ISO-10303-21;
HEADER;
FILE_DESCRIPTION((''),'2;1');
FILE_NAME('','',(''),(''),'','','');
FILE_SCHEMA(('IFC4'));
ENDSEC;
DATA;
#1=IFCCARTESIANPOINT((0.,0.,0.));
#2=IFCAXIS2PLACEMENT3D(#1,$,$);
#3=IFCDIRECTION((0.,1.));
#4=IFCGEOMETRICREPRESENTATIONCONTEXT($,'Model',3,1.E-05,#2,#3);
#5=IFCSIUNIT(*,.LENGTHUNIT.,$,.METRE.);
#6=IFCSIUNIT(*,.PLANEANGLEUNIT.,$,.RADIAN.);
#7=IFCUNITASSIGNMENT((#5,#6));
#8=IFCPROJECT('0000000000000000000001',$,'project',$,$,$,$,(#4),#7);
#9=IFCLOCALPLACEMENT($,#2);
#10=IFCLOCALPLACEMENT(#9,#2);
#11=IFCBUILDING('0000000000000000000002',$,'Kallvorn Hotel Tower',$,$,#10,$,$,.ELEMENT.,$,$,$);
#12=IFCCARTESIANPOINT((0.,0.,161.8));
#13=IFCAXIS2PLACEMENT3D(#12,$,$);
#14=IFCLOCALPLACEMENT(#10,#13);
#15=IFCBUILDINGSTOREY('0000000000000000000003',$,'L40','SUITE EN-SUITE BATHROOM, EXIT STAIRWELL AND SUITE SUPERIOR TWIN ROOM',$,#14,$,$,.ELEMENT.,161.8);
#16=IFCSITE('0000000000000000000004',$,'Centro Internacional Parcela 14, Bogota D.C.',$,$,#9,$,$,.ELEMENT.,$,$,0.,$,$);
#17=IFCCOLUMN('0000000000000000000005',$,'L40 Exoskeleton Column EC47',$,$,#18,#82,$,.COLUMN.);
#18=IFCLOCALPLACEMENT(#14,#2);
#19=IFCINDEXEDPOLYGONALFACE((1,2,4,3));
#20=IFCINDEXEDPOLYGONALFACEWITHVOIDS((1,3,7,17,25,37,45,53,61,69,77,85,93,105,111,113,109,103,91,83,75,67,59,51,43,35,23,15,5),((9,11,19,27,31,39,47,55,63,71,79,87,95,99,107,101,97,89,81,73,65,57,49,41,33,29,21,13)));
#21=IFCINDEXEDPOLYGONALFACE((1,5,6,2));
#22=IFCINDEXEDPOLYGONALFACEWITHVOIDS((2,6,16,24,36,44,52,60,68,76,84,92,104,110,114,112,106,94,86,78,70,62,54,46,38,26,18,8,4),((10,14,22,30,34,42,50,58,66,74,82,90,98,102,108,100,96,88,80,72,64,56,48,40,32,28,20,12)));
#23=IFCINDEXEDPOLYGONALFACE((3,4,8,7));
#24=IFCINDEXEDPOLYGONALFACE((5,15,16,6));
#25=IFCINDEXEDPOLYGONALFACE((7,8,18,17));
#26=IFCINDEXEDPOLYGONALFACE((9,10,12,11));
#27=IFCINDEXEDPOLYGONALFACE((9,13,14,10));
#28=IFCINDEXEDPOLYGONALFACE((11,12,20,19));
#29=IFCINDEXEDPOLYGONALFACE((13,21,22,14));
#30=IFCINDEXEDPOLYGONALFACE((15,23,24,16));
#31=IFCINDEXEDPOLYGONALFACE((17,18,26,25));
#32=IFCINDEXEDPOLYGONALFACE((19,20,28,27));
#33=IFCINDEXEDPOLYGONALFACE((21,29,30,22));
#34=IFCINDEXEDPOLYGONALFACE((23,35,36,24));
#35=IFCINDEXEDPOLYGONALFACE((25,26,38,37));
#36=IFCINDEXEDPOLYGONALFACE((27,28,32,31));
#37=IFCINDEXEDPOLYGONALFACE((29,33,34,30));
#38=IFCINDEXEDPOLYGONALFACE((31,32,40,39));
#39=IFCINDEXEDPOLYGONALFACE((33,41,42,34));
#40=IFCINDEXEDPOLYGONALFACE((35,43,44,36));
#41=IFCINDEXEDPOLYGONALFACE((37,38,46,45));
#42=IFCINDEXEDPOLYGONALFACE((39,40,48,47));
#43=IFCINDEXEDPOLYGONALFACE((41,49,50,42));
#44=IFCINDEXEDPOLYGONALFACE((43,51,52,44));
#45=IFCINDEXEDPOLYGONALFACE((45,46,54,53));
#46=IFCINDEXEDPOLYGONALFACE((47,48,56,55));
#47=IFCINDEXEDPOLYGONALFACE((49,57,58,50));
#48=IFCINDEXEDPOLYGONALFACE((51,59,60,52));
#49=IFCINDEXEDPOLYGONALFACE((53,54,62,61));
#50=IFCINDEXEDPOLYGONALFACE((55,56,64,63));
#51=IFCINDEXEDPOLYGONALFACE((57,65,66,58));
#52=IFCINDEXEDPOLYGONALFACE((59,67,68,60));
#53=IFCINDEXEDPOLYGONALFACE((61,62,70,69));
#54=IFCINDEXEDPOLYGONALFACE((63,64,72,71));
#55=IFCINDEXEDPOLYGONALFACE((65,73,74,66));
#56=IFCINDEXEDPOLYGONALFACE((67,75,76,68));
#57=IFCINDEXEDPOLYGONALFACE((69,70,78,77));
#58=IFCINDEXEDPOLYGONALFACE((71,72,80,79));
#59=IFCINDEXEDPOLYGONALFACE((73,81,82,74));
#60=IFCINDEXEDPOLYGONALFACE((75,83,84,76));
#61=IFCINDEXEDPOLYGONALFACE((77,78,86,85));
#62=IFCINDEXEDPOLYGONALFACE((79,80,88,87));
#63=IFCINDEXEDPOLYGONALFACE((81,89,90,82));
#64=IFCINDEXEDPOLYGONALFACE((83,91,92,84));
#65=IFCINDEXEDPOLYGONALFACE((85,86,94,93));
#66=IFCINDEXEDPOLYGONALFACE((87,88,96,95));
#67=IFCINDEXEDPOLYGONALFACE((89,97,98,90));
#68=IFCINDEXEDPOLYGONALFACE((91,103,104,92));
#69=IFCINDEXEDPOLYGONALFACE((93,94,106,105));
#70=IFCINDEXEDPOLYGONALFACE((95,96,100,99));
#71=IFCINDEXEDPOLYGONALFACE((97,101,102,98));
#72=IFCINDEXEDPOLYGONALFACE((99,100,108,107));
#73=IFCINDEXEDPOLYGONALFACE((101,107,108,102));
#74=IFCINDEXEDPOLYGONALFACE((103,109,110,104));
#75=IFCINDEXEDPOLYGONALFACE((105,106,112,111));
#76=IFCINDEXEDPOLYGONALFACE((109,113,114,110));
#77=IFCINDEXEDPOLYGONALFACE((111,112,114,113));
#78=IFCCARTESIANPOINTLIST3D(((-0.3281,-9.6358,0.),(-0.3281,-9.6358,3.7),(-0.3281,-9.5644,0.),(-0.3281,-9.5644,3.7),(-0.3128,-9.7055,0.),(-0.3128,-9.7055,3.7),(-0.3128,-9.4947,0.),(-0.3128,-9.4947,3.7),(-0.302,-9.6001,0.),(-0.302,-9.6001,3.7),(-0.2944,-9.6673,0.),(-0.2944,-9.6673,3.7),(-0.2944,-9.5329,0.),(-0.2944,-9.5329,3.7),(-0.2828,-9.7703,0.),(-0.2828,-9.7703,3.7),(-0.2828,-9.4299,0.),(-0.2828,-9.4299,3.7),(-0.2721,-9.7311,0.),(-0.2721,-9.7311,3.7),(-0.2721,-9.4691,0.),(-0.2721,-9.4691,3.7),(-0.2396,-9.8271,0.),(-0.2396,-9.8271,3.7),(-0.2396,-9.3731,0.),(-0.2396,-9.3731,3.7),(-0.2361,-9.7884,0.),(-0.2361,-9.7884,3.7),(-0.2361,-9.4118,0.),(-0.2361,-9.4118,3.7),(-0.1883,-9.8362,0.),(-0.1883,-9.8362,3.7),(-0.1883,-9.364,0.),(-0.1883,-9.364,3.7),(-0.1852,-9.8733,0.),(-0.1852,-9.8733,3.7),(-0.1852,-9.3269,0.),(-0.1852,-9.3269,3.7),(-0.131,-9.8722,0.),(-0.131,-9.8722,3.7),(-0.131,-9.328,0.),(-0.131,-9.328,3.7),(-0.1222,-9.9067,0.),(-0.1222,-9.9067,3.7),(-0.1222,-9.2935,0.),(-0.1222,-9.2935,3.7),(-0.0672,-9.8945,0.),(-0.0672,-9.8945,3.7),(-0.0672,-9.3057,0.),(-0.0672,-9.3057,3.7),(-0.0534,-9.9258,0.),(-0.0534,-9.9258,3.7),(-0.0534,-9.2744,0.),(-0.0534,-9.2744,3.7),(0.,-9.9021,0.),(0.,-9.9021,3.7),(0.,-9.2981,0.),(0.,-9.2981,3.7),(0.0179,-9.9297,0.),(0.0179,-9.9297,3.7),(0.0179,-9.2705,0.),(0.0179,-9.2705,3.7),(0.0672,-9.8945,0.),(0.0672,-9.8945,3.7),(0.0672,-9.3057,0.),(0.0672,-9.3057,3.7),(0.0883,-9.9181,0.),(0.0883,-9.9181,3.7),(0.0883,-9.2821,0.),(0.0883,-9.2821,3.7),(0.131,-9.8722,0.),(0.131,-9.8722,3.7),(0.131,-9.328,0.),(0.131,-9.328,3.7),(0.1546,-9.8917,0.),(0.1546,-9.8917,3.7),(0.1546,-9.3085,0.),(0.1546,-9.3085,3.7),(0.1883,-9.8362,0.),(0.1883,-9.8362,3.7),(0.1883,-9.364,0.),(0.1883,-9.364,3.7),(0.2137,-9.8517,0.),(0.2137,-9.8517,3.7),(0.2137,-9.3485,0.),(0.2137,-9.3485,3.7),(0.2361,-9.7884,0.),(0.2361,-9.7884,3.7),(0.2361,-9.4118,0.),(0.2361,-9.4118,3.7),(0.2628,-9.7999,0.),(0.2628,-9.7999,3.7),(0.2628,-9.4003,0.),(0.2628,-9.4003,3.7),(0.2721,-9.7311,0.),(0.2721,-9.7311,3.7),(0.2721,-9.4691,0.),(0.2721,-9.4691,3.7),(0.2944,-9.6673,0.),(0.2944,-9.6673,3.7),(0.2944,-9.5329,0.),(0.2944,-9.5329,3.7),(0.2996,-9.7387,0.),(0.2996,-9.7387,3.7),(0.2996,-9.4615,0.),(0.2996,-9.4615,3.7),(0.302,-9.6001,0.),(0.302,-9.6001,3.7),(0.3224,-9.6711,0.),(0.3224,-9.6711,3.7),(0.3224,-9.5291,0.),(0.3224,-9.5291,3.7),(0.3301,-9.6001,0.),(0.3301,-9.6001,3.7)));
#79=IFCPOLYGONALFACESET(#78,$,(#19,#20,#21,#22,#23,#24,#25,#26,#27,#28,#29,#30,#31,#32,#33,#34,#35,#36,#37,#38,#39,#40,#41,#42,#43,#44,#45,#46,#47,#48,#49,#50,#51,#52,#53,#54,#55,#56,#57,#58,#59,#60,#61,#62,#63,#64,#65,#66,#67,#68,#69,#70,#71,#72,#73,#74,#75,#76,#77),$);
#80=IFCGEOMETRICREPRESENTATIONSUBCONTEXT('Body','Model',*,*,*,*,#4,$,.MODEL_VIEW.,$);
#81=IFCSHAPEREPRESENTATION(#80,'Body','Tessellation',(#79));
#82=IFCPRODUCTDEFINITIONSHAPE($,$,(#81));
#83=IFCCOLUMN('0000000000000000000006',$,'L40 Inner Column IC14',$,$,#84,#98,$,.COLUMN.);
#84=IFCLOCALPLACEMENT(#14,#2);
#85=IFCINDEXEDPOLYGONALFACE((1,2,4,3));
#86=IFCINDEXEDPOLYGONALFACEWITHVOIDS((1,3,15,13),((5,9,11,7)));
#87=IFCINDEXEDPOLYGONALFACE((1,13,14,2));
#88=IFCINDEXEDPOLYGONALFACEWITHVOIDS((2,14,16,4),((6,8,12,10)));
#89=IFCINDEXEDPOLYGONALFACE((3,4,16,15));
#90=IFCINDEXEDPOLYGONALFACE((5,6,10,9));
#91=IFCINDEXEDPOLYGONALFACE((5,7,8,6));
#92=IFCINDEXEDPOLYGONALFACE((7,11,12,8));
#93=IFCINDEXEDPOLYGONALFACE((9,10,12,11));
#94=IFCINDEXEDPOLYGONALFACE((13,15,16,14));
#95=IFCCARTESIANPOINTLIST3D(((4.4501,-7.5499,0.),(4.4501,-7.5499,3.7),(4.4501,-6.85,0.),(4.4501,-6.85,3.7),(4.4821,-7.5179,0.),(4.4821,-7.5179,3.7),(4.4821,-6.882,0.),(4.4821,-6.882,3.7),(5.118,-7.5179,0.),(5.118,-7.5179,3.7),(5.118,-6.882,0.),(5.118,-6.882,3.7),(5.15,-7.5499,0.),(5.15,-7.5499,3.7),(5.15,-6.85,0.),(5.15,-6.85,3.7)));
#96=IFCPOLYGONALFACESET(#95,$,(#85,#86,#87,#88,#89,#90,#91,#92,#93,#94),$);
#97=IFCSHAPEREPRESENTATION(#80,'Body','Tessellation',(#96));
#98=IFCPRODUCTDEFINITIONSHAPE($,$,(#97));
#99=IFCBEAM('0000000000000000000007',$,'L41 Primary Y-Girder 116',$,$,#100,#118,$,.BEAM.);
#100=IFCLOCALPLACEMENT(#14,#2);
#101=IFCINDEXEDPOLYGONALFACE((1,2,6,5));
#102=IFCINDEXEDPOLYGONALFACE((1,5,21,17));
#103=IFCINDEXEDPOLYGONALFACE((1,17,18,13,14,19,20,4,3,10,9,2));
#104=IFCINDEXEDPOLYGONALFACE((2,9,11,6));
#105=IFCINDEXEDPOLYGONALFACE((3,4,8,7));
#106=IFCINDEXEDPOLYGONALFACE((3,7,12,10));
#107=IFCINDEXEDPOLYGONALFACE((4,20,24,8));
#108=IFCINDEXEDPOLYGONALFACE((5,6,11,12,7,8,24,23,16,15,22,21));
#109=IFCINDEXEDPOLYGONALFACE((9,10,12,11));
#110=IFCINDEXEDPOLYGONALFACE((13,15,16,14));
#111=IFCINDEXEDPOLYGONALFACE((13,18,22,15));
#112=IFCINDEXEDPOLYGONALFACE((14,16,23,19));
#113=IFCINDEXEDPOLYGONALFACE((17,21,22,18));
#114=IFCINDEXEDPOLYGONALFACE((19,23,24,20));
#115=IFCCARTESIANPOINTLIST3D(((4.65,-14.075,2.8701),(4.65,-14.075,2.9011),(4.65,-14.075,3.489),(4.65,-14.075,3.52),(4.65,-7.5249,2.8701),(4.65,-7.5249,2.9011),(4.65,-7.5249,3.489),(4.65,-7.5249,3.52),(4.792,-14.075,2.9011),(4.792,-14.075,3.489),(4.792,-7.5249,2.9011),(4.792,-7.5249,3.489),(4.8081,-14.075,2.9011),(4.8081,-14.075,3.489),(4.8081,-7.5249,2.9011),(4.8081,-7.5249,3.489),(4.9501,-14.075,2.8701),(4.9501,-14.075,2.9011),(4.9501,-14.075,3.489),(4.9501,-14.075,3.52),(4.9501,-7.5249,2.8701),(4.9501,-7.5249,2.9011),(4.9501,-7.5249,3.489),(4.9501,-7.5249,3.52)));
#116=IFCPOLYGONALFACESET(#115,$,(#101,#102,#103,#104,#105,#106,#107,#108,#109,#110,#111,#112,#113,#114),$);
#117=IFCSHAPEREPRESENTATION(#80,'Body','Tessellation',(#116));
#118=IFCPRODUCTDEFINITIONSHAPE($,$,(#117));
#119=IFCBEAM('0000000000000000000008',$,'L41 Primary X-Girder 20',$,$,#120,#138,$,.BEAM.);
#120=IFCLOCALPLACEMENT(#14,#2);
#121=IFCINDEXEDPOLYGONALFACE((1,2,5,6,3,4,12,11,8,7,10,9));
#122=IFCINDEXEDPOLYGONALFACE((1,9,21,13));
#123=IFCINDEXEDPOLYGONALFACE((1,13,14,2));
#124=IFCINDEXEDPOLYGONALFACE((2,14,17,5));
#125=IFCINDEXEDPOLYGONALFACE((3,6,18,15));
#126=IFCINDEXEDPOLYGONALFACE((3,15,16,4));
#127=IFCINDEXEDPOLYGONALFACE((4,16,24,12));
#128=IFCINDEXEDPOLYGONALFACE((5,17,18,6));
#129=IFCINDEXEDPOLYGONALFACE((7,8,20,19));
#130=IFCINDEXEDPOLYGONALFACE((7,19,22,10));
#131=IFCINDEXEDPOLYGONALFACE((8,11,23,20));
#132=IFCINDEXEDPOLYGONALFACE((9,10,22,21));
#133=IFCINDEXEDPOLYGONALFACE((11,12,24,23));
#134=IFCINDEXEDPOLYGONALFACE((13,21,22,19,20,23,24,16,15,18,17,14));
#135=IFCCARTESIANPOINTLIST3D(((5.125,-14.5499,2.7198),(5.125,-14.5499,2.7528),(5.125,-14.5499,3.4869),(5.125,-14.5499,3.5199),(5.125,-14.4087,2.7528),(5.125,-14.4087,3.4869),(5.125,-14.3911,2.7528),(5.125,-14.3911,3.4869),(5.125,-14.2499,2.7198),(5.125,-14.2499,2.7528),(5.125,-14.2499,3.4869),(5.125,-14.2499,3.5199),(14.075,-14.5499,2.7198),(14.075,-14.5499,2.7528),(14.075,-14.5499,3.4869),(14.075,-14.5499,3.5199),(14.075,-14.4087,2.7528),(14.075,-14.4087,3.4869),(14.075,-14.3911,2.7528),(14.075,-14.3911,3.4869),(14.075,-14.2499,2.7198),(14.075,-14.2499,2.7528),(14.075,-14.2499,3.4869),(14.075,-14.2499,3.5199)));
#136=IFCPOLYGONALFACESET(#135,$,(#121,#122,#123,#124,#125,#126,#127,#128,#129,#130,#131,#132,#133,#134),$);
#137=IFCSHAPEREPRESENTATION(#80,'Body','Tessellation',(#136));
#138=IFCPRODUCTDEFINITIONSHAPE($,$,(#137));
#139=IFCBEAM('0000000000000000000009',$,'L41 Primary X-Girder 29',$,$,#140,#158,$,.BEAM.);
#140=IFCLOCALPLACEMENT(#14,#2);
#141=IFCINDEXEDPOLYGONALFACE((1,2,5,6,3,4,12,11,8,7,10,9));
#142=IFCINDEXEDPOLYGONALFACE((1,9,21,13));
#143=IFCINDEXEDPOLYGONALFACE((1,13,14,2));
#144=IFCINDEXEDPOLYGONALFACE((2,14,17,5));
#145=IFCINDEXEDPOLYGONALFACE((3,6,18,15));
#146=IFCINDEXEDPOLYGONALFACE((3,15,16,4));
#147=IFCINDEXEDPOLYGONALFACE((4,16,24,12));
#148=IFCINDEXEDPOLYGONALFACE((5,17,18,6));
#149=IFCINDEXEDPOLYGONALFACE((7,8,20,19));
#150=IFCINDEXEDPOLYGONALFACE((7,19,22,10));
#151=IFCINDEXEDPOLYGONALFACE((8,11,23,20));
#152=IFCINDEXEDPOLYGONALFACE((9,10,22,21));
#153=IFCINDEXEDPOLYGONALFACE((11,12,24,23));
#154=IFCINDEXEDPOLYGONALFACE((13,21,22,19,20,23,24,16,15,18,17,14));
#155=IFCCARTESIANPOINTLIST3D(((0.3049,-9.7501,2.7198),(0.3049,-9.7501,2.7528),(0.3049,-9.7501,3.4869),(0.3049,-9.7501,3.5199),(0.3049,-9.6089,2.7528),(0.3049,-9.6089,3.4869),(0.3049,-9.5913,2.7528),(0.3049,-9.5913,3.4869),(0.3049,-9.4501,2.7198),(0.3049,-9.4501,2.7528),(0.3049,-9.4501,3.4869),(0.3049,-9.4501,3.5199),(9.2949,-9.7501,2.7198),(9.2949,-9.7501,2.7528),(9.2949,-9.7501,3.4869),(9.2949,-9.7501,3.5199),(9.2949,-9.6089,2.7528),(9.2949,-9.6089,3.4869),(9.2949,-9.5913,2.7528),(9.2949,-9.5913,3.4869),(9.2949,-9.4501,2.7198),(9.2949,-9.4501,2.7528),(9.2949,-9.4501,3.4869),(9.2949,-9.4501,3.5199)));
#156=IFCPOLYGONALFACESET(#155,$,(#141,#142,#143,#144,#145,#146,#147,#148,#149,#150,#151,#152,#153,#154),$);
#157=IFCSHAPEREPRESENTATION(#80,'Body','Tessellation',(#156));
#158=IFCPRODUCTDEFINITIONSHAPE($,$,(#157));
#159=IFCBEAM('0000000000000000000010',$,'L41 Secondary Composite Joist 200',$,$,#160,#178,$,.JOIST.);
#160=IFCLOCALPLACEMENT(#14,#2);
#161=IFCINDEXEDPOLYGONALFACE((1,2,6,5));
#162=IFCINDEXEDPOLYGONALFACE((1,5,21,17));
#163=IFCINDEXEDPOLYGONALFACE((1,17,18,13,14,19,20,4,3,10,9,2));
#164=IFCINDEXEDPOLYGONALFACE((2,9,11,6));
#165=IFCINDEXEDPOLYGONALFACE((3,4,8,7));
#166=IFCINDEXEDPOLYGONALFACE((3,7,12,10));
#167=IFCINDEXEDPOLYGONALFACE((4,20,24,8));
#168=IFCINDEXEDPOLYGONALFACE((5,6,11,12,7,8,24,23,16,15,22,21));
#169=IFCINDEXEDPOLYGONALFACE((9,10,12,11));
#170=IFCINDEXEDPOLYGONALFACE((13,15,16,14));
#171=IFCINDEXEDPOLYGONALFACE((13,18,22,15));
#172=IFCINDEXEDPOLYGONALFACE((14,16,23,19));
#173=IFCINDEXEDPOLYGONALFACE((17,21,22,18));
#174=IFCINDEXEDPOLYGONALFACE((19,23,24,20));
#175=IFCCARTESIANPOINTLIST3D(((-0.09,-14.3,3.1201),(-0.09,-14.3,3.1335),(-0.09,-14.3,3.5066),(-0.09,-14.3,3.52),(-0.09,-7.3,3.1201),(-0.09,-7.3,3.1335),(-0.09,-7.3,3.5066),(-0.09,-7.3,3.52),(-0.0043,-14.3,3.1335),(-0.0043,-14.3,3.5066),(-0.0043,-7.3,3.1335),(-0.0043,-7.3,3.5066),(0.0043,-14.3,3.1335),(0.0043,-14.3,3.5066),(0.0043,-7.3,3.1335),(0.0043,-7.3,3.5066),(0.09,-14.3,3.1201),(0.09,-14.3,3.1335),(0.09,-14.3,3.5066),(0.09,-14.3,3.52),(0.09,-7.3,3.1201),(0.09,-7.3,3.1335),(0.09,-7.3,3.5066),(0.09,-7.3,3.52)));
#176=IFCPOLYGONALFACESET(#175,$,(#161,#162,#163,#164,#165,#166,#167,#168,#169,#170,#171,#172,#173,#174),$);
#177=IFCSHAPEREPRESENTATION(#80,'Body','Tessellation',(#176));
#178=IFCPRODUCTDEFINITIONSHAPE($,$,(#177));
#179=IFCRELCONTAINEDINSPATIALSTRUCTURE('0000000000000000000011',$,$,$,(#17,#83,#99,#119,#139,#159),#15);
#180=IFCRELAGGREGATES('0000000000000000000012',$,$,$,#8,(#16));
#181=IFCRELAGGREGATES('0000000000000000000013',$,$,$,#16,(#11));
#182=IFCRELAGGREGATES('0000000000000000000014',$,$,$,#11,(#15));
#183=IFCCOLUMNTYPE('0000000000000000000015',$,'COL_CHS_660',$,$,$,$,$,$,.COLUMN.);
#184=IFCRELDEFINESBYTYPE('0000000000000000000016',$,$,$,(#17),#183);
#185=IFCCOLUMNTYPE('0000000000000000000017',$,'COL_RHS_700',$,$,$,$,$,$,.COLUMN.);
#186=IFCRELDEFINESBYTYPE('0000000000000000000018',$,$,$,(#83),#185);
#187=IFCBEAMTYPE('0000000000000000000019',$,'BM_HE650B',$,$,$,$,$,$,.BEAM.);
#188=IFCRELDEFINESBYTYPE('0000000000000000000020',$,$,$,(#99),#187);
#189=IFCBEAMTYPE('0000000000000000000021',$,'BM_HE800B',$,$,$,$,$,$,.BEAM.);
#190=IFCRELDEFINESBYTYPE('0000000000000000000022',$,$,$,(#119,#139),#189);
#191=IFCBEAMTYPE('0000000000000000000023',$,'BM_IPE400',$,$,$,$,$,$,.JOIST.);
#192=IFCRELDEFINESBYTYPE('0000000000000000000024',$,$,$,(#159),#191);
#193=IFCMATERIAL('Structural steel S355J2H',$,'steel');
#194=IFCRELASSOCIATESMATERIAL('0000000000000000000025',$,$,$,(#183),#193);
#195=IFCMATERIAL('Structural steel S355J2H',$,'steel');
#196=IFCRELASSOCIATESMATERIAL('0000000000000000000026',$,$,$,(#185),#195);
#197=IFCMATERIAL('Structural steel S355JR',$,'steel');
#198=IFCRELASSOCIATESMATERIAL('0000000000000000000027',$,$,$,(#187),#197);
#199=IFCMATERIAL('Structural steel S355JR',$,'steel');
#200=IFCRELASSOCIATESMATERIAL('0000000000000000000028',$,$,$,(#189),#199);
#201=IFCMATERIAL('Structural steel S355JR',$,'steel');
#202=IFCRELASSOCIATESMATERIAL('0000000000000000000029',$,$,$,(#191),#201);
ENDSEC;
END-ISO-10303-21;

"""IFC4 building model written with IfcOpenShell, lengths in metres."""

from ifc_helpers import new_model, si_unit, direction, frame, origin, origin_2d, place, context, subcontext, project, spatial, hollow_rectangle, hollow_circle, i_section, extrude, material, material_profile, profile_set, type_object, element, save


model = new_model("IFC4")

# Units and contexts
model_context = context("Model", 3, precision=1e-05, world=origin(), true_north=direction((0.0, 1.0)))
body_context = subcontext(model_context, "Body", "Model", "MODEL_VIEW")
ifc_project = project(units=[si_unit("LENGTHUNIT", "METRE"), si_unit("PLANEANGLEUNIT", "RADIAN")], contexts=[model_context])

# Site, building, storey
site_placement = place(None, origin())
site = spatial("IfcSite", under=ifc_project, at=site_placement, Name="Centro Internacional Parcela 14, Bogota D.C.", CompositionType="ELEMENT", RefElevation=0.0)
building_placement = place(site_placement, origin())
building = spatial("IfcBuilding", under=site, at=building_placement, Name="Kallvorn Hotel Tower", CompositionType="ELEMENT")
storey_placement = place(building_placement, frame((0.0, 0.0, 161.8)))
storey = spatial("IfcBuildingStorey", under=building, at=storey_placement, Name="L40", Description="SUITE EN-SUITE BATHROOM, EXIT STAIRWELL AND SUITE SUPERIOR TWIN ROOM", CompositionType="ELEMENT", Elevation=161.8)

# Columns
ifc_material_1 = material(Name="Structural steel S355J2H", Category="steel")
ifc_material_profile_1 = material_profile(ifc_material_1, hollow_circle(Radius=0.3301, WallThickness=0.0281, at=origin_2d()), Name="CHS 660x28")
ifc_profile_set_1 = profile_set([ifc_material_profile_1], Name="Structural steel S355J2H")
column_type_1 = type_object("IfcColumnType", Name="COL_CHS_660", PredefinedType="COLUMN", material=ifc_profile_set_1)
column_1_placement = place(storey_placement, frame((0.0, -9.6001, 0.0), z_axis=(0.0, 0.0, 1.0), x_axis=(1.0, 0.0, 0.0)))
element("IfcColumn", 1, at=column_1_placement, inside=storey, type_object=column_type_1, Name="L40 Exoskeleton Column EC47", PredefinedType="COLUMN", context=body_context, shape_type="SweptSolid", body=[
    extrude(hollow_circle(Radius=0.3301, WallThickness=0.0281, at=origin_2d()), origin(), (0.0, 0.0, 1.0), 3.7),
])
ifc_material_2 = material(Name="Structural steel S355J2H", Category="steel")
ifc_material_profile_2 = material_profile(ifc_material_2, hollow_rectangle(XDim=0.7, YDim=0.7, WallThickness=0.032, at=origin_2d()), Name="RHS 700x700x32")
ifc_profile_set_2 = profile_set([ifc_material_profile_2], Name="Structural steel S355J2H")
column_type_2 = type_object("IfcColumnType", Name="COL_RHS_700", PredefinedType="COLUMN", material=ifc_profile_set_2)
column_2_placement = place(storey_placement, frame((4.8, -7.2, 0.0), z_axis=(0.0, 0.0, 1.0), x_axis=(1.0, 0.0, 0.0)))
element("IfcColumn", 2, at=column_2_placement, inside=storey, type_object=column_type_2, Name="L40 Inner Column IC14", PredefinedType="COLUMN", context=body_context, shape_type="SweptSolid", body=[
    extrude(hollow_rectangle(XDim=0.7, YDim=0.7, WallThickness=0.032, at=origin_2d()), origin(), (0.0, 0.0, 1.0), 3.7),
])

# Beams
ifc_material_3 = material(Name="Structural steel S355JR", Category="steel")
ifc_material_profile_3 = material_profile(ifc_material_3, i_section(OverallWidth=0.3, OverallDepth=0.6499, WebThickness=0.0161, FlangeThickness=0.031, at=origin_2d()), Name="HE 650 B")
ifc_profile_set_3 = profile_set([ifc_material_profile_3], Name="Structural steel S355JR")
beam_type_1 = type_object("IfcBeamType", Name="BM_HE650B", PredefinedType="BEAM", material=ifc_profile_set_3)
beam_1_placement = place(storey_placement, frame((4.8, -14.075, 3.1951), z_axis=(0.0, 1.0, 0.0), x_axis=(-1.0, 0.0, 0.0)))
element("IfcBeam", 3, at=beam_1_placement, inside=storey, type_object=beam_type_1, Name="L41 Primary Y-Girder 116", PredefinedType="BEAM", context=body_context, shape_type="SweptSolid", body=[
    extrude(i_section(OverallWidth=0.3, OverallDepth=0.6499, WebThickness=0.0161, FlangeThickness=0.031, at=origin_2d()), origin(), (0.0, 0.0, 1.0), 6.55),
])
ifc_material_4 = material(Name="Structural steel S355JR", Category="steel")
ifc_material_profile_4 = material_profile(ifc_material_4, i_section(OverallWidth=0.3, OverallDepth=0.8, WebThickness=0.0176, FlangeThickness=0.033, at=origin_2d()), Name="HE 800 B")
ifc_profile_set_4 = profile_set([ifc_material_profile_4], Name="Structural steel S355JR")
beam_type_2 = type_object("IfcBeamType", Name="BM_HE800B", PredefinedType="BEAM", material=ifc_profile_set_4)
beam_2_placement = place(storey_placement, frame((5.125, -14.3999, 3.1199), z_axis=(1.0, 0.0, 0.0), x_axis=(0.0, 1.0, 0.0)))
element("IfcBeam", 4, at=beam_2_placement, inside=storey, type_object=beam_type_2, Name="L41 Primary X-Girder 20", PredefinedType="BEAM", context=body_context, shape_type="SweptSolid", body=[
    extrude(i_section(OverallWidth=0.3, OverallDepth=0.8, WebThickness=0.0176, FlangeThickness=0.033, at=origin_2d()), origin(), (0.0, 0.0, 1.0), 8.95),
])
beam_3_placement = place(storey_placement, frame((0.3049, -9.6001, 3.1199), z_axis=(1.0, 0.0, 0.0), x_axis=(0.0, 1.0, 0.0)))
element("IfcBeam", 5, at=beam_3_placement, inside=storey, type_object=beam_type_2, Name="L41 Primary X-Girder 29", PredefinedType="BEAM", context=body_context, shape_type="SweptSolid", body=[
    extrude(i_section(OverallWidth=0.3, OverallDepth=0.8, WebThickness=0.0176, FlangeThickness=0.033, at=origin_2d()), origin(), (0.0, 0.0, 1.0), 8.99),
])
ifc_material_5 = material(Name="Structural steel S355JR", Category="steel")
ifc_material_profile_5 = material_profile(ifc_material_5, i_section(OverallWidth=0.1799, OverallDepth=0.3999, WebThickness=0.0085, FlangeThickness=0.0134, at=origin_2d()), Name="IPE 400")
ifc_profile_set_5 = profile_set([ifc_material_profile_5], Name="Structural steel S355JR")
beam_type_3 = type_object("IfcBeamType", Name="BM_IPE400", PredefinedType="JOIST", material=ifc_profile_set_5)
beam_4_placement = place(storey_placement, frame((0.0, -14.3, 3.3201), z_axis=(0.0, 1.0, 0.0), x_axis=(-1.0, 0.0, 0.0)))
element("IfcBeam", 6, at=beam_4_placement, inside=storey, type_object=beam_type_3, Name="L41 Secondary Composite Joist 200", PredefinedType="JOIST", context=body_context, shape_type="SweptSolid", body=[
    extrude(i_section(OverallWidth=0.1799, OverallDepth=0.3999, WebThickness=0.0085, FlangeThickness=0.0134, at=origin_2d()), origin(), (0.0, 0.0, 1.0), 7.0),
])

save(model, "model.ifc")
